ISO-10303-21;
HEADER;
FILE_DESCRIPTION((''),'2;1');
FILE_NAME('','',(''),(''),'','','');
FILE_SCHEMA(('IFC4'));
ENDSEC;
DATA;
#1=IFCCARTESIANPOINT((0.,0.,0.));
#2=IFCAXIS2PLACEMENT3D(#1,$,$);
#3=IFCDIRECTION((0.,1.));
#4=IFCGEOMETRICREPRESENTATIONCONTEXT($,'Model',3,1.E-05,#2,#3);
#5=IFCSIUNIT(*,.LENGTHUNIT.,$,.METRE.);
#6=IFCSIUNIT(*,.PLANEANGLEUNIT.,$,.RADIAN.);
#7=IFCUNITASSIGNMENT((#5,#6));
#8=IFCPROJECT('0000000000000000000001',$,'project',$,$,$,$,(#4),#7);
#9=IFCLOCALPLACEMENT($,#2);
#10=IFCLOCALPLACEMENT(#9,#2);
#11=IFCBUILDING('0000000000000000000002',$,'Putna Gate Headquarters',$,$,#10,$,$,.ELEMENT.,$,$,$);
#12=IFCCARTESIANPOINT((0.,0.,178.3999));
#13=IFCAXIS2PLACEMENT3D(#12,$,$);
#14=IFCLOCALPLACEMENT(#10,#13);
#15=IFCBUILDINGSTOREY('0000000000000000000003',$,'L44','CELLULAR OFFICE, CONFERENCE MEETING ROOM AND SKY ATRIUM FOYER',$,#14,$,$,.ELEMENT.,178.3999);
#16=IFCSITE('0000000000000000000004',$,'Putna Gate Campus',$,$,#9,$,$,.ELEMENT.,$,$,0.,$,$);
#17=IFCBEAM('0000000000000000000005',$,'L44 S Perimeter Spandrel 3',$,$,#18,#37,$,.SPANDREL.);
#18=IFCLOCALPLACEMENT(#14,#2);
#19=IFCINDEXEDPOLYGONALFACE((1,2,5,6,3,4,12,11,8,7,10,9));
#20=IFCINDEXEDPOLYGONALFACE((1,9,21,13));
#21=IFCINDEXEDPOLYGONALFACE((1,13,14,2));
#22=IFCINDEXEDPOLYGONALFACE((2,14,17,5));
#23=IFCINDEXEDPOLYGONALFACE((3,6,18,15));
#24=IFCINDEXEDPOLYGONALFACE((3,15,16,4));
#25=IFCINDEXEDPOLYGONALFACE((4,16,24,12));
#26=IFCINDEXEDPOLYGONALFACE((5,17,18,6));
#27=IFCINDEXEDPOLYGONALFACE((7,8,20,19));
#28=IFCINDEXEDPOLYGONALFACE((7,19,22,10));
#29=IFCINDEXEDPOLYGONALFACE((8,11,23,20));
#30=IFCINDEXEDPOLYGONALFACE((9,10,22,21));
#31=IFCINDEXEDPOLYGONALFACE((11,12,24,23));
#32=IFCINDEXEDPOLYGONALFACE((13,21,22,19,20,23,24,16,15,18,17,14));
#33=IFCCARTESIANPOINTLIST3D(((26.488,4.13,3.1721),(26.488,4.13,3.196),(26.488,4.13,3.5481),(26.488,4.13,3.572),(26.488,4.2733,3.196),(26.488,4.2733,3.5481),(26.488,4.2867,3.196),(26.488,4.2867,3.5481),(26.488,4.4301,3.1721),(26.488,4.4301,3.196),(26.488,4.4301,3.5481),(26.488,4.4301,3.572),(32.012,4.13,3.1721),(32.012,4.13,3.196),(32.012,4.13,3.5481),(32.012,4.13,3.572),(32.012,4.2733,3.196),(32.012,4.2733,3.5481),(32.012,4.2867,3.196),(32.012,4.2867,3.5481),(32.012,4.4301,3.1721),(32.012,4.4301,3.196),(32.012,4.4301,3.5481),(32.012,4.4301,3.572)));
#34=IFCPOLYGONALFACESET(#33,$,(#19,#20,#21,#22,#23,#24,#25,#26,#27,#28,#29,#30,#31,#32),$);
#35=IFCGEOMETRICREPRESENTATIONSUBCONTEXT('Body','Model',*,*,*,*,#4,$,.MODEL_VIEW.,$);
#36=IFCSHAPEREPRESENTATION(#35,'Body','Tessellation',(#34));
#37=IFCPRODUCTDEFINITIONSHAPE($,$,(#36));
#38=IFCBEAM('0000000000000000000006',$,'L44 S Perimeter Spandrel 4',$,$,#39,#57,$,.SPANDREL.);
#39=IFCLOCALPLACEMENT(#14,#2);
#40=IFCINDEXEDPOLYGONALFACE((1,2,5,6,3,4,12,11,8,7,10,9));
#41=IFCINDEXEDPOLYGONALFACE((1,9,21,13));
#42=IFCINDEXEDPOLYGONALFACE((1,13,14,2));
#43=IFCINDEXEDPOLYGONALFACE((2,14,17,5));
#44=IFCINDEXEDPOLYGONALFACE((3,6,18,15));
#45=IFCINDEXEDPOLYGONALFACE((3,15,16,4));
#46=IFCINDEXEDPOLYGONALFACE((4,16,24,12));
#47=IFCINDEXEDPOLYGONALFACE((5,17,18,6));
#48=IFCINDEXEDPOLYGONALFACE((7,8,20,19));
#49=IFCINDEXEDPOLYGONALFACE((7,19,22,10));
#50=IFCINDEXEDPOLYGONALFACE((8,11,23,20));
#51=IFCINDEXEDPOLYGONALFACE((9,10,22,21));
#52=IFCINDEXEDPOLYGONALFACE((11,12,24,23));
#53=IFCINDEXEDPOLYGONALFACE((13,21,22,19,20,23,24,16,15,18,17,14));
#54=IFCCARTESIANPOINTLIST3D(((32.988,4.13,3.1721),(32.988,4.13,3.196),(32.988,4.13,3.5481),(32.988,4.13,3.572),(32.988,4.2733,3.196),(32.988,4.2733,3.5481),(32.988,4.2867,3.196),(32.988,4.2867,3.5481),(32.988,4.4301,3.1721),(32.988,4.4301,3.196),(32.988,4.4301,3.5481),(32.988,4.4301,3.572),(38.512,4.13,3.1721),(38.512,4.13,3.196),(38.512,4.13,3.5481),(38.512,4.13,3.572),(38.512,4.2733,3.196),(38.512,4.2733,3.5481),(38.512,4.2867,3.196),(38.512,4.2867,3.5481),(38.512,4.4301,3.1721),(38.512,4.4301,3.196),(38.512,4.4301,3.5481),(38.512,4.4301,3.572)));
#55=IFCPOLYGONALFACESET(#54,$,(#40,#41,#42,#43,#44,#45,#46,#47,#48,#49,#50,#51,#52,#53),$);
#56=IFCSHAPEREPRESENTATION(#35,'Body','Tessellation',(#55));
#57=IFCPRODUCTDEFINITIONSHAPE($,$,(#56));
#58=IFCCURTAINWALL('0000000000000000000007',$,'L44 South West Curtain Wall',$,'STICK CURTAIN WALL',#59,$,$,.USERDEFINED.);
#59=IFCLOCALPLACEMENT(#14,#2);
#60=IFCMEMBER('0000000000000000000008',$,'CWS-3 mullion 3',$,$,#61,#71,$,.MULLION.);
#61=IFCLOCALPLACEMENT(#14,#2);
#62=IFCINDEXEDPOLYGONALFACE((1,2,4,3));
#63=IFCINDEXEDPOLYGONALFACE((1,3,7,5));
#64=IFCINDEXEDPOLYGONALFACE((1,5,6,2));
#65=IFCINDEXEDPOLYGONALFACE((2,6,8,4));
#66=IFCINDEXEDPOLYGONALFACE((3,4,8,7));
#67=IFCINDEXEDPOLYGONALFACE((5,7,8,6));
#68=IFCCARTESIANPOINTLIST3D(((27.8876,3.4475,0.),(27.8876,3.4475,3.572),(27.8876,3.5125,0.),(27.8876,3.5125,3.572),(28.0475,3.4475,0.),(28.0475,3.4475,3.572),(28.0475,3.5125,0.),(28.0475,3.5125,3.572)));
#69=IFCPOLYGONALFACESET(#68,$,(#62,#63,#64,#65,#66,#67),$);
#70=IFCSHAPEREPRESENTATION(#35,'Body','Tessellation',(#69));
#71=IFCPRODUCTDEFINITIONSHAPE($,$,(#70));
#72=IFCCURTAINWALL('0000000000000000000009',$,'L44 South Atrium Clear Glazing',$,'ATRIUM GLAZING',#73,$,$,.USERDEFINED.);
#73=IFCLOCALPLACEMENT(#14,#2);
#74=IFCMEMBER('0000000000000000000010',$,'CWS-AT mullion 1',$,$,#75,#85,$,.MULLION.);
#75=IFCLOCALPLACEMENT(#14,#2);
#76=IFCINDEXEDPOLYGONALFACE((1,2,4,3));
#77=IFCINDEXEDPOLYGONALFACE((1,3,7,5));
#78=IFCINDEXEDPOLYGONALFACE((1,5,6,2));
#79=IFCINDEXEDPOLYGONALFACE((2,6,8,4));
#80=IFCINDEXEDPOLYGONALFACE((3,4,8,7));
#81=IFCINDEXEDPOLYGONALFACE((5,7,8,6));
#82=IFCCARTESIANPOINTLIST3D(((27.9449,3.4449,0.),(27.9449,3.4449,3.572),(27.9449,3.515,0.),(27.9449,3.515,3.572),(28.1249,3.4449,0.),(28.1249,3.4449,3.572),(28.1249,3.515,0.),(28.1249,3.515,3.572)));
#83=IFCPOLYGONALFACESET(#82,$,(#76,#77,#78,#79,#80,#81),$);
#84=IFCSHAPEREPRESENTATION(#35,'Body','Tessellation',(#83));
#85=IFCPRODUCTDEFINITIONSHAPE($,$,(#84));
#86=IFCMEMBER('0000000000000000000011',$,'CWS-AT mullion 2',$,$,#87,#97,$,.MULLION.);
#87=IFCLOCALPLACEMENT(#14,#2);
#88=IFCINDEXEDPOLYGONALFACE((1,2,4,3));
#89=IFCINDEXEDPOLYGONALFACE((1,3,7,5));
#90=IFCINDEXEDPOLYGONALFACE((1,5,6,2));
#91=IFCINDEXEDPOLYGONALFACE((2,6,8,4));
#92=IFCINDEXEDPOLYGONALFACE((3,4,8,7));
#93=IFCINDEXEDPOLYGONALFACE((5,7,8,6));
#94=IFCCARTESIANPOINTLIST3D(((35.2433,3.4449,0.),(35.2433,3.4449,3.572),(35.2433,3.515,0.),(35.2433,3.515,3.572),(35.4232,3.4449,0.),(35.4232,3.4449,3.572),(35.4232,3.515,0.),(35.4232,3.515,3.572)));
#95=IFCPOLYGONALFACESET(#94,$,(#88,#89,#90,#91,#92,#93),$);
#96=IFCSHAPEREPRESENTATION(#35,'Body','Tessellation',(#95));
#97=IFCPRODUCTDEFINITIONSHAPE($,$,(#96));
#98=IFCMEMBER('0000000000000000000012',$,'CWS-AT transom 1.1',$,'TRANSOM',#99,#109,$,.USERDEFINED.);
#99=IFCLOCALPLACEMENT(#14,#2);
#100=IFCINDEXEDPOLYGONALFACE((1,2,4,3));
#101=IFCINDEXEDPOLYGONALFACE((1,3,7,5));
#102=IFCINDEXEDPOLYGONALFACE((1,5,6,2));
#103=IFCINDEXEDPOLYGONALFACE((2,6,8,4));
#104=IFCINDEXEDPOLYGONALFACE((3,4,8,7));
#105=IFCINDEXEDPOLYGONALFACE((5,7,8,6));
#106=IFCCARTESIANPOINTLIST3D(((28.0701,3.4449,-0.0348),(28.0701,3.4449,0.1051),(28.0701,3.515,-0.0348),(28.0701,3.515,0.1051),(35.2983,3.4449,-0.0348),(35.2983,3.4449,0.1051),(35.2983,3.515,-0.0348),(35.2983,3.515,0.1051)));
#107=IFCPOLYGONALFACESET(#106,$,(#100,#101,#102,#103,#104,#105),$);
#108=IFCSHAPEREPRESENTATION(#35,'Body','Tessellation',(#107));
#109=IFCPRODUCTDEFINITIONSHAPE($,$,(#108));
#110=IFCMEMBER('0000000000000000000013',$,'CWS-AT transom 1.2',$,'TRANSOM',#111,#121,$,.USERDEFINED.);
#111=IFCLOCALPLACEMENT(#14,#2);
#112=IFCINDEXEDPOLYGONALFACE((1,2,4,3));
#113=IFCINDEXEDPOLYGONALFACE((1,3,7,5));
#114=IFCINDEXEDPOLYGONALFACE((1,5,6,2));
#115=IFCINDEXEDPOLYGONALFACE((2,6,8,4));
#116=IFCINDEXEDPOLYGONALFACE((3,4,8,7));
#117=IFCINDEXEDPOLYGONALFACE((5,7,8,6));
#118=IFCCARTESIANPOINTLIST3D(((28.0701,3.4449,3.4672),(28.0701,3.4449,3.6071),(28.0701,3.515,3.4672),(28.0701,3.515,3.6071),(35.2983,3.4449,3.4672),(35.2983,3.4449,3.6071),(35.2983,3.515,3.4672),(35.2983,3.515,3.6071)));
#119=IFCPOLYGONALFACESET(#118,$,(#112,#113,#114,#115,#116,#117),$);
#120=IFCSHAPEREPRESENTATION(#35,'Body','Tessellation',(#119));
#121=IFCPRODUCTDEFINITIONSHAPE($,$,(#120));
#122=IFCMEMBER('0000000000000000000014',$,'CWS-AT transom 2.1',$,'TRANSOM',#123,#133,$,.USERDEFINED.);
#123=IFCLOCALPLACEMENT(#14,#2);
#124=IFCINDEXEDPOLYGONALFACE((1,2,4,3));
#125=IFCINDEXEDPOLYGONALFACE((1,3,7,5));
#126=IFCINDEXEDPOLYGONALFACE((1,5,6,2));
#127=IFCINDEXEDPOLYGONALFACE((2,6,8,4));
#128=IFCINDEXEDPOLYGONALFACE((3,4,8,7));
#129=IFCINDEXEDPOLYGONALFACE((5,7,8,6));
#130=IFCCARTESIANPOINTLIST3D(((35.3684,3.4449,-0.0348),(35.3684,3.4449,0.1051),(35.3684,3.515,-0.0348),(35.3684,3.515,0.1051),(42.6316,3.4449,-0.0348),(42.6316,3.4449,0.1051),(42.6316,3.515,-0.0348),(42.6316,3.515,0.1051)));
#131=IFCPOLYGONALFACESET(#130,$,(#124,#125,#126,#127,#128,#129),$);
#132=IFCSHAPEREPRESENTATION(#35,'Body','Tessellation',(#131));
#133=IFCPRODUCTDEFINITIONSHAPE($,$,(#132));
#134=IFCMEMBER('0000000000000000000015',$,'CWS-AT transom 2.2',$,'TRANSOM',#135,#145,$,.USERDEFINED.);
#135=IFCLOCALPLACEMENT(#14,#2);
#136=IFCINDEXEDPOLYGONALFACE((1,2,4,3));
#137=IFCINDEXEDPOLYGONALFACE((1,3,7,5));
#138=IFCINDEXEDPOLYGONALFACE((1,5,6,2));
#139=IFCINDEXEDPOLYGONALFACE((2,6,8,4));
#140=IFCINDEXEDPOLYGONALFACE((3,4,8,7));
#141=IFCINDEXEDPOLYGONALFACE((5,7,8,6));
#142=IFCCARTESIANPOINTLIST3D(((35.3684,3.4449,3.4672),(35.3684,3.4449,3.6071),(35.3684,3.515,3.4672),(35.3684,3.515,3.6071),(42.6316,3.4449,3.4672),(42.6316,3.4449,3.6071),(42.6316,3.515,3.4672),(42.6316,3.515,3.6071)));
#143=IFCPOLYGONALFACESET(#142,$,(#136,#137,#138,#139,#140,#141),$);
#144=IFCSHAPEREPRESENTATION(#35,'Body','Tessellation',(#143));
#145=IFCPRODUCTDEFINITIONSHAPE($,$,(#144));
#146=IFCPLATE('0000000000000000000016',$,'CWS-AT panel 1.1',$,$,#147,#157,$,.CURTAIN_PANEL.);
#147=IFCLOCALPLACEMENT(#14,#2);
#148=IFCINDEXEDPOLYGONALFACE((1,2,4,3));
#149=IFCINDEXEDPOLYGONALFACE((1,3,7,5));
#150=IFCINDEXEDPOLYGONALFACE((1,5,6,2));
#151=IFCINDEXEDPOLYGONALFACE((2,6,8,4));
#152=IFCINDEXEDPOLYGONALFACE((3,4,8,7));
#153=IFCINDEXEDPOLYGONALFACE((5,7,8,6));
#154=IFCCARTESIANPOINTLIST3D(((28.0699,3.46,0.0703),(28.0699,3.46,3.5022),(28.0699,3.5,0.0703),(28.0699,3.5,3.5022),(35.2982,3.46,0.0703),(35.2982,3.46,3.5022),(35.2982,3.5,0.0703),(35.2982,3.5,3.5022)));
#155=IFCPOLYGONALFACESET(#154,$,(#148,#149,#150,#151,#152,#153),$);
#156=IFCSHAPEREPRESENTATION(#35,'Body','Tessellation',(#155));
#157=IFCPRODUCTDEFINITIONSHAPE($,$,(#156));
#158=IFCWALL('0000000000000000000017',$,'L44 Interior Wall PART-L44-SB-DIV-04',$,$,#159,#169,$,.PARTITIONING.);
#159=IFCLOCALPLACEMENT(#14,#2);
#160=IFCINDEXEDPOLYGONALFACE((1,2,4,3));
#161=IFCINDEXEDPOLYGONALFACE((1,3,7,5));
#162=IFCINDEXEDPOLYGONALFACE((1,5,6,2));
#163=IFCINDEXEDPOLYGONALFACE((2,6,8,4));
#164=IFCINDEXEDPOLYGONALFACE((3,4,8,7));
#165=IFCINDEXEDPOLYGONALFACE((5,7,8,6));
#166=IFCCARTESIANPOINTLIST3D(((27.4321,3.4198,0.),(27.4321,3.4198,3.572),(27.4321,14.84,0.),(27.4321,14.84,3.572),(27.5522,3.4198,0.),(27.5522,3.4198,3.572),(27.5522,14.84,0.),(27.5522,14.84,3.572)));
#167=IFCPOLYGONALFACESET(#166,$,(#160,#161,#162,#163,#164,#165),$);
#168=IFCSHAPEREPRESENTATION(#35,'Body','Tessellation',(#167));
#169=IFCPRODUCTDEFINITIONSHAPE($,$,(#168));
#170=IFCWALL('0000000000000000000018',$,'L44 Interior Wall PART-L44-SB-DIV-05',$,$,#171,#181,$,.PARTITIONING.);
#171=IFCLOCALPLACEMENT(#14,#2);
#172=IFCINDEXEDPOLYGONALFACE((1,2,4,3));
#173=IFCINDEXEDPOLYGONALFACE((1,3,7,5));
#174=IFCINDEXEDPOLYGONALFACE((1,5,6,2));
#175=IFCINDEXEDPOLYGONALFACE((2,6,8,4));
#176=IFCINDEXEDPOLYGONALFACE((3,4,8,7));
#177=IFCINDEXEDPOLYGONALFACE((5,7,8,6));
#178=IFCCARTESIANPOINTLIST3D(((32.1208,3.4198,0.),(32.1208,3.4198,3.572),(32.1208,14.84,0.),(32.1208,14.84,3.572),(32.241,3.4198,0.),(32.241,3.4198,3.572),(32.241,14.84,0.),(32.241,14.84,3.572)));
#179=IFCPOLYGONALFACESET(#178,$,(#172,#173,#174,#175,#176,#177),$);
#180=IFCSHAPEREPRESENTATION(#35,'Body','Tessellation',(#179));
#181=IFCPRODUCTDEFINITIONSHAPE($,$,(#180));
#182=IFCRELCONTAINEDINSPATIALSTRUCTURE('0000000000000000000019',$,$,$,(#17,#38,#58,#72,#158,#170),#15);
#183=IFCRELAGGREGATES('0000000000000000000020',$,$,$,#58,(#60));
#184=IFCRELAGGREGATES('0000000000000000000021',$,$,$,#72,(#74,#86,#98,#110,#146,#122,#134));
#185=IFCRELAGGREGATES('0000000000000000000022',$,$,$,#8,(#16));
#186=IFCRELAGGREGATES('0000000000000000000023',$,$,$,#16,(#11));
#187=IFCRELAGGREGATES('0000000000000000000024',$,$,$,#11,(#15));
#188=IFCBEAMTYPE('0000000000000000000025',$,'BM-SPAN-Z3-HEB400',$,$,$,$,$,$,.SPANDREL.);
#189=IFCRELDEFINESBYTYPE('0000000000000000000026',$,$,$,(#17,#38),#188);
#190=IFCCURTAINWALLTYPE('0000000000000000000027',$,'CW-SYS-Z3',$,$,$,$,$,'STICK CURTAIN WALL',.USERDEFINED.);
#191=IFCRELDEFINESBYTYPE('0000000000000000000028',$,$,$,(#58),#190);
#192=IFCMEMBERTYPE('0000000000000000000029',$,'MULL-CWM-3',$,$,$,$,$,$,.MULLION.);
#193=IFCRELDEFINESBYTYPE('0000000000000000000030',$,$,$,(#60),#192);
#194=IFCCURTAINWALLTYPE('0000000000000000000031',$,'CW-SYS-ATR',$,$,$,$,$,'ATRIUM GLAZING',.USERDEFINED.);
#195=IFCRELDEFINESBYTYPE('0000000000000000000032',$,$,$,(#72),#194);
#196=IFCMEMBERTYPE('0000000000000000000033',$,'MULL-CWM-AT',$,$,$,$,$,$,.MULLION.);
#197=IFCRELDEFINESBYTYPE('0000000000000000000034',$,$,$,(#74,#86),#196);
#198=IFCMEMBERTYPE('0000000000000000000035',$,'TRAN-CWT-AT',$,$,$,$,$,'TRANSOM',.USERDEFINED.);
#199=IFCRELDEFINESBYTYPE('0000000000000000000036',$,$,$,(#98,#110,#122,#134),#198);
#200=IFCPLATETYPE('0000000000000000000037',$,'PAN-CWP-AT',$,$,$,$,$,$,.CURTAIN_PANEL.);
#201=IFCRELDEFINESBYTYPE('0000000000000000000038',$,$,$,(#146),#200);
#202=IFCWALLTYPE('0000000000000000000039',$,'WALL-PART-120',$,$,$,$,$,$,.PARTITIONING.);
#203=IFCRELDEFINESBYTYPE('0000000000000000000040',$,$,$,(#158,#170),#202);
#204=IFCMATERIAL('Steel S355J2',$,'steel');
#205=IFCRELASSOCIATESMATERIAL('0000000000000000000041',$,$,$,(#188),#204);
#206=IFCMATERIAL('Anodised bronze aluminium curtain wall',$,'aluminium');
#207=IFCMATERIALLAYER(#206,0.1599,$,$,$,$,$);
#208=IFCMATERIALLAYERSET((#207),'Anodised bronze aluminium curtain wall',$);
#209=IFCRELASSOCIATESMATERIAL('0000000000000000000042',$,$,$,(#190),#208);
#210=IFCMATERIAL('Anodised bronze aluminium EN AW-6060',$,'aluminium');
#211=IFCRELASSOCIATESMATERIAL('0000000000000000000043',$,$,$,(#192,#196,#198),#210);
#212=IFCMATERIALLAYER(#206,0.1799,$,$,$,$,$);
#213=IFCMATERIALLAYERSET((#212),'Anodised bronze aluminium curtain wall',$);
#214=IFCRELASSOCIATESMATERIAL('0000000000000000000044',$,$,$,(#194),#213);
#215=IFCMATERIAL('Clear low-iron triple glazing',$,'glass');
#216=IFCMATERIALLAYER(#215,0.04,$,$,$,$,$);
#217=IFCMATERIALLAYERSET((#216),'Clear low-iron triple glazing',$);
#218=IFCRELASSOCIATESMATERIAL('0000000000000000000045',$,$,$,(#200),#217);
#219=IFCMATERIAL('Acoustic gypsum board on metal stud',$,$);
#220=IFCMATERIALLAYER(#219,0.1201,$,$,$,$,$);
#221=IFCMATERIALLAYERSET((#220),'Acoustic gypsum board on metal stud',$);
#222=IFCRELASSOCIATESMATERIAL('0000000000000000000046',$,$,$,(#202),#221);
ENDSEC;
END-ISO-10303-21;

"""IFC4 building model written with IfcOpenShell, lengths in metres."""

from ifc_helpers import new_model, si_unit, direction, frame, frame_2d, origin, origin_2d, place, context, subcontext, project, spatial, rectangle, i_section, extrude, material, layer, layer_set, material_profile, profile_set, type_object, element, aggregate, save


model = new_model("IFC4")

# Units and contexts
model_context = context("Model", 3, precision=1e-05, world=origin(), true_north=direction((0.0, 1.0)))
body_context = subcontext(model_context, "Body", "Model", "MODEL_VIEW")
ifc_project = project(units=[si_unit("LENGTHUNIT", "METRE"), si_unit("PLANEANGLEUNIT", "RADIAN")], contexts=[model_context])

# Site, building, storey
site_placement = place(None, origin())
site = spatial("IfcSite", under=ifc_project, at=site_placement, Name="Putna Gate Campus", CompositionType="ELEMENT", RefElevation=0.0)
building_placement = place(site_placement, origin())
building = spatial("IfcBuilding", under=site, at=building_placement, Name="Putna Gate Headquarters", CompositionType="ELEMENT")
storey_placement = place(building_placement, frame((0.0, 0.0, 178.3999)))
storey = spatial("IfcBuildingStorey", under=building, at=storey_placement, Name="L44", Description="CELLULAR OFFICE, CONFERENCE MEETING ROOM AND SKY ATRIUM FOYER", CompositionType="ELEMENT", Elevation=178.3999)

# Beams
ifc_material_1 = material(Name="Steel S355J2", Category="steel")
ifc_material_profile_1 = material_profile(ifc_material_1, i_section(OverallWidth=0.3, OverallDepth=0.3999, WebThickness=0.0134, FlangeThickness=0.0239, at=origin_2d()), Name="Steel S355J2")
ifc_profile_set_1 = profile_set([ifc_material_profile_1], Name="Steel S355J2")
beam_type_1 = type_object("IfcBeamType", Name="BM-SPAN-Z3-HEB400", PredefinedType="SPANDREL", material=ifc_profile_set_1)
for number, where, z_axis, x_axis, name in (
    (1, (26.488, 4.28, 3.3721), (1.0, 0.0, 0.0), (0.0, 1.0, 0.0), "L44 S Perimeter Spandrel 3"),
    (2, (32.988, 4.28, 3.3721), (1.0, 0.0, 0.0), (0.0, 1.0, 0.0), "L44 S Perimeter Spandrel 4"),
):
    element("IfcBeam", number, at=place(storey_placement, frame(where, z_axis=z_axis, x_axis=x_axis)), inside=storey, type_object=beam_type_1, Name=name, PredefinedType="SPANDREL", context=body_context, shape_type="SweptSolid", body=[
        extrude(i_section(OverallWidth=0.3, OverallDepth=0.3999, WebThickness=0.0134, FlangeThickness=0.0239, at=origin_2d()), origin(), (0.0, 0.0, 1.0), 5.5239),
    ])

# Curtain wall, member
ifc_material_2 = material(Name="Anodised bronze aluminium curtain wall", Category="aluminium")
ifc_layer_1 = layer(ifc_material_2, 0.1599)
ifc_layer_set_1 = layer_set([ifc_layer_1], Name="Anodised bronze aluminium curtain wall")
curtain_wall_type_1 = type_object("IfcCurtainWallType", Name="CW-SYS-Z3", ElementType="STICK CURTAIN WALL", PredefinedType="USERDEFINED", material=ifc_layer_set_1)
curtain_wall_1_placement = place(storey_placement, origin())
curtain_wall_1 = element("IfcCurtainWall", 3, at=curtain_wall_1_placement, inside=storey, type_object=curtain_wall_type_1, Name="L44 South West Curtain Wall", ObjectType="STICK CURTAIN WALL", PredefinedType="USERDEFINED")
ifc_material_3 = material(Name="Anodised bronze aluminium EN AW-6060", Category="aluminium")
ifc_material_profile_2 = material_profile(ifc_material_3, rectangle(XDim=0.0649, YDim=0.1599, at=origin_2d()), Name="Anodised bronze aluminium EN AW-6060")
ifc_profile_set_2 = profile_set([ifc_material_profile_2], Name="Anodised bronze aluminium EN AW-6060")
member_type_1 = type_object("IfcMemberType", Name="MULL-CWM-3", PredefinedType="MULLION", material=ifc_profile_set_2)
member_1_placement = place(storey_placement, frame((27.9675, 3.48, 0.0), z_axis=(0.0, 0.0, 1.0), x_axis=(0.0, 1.0, 0.0)))
member_1 = element("IfcMember", 4, at=member_1_placement, type_object=member_type_1, Name="CWS-3 mullion 3", PredefinedType="MULLION", context=body_context, shape_type="SweptSolid", body=[
    extrude(rectangle(XDim=0.0649, YDim=0.1599, at=origin_2d()), origin(), (0.0, 0.0, 1.0), 3.572),
])
aggregate(curtain_wall_1, [member_1])

# Curtain wall, members, plate
ifc_layer_2 = layer(ifc_material_2, 0.1799)
ifc_layer_set_2 = layer_set([ifc_layer_2], Name="Anodised bronze aluminium curtain wall")
curtain_wall_type_2 = type_object("IfcCurtainWallType", Name="CW-SYS-ATR", ElementType="ATRIUM GLAZING", PredefinedType="USERDEFINED", material=ifc_layer_set_2)
curtain_wall_2_placement = place(storey_placement, origin())
curtain_wall_2 = element("IfcCurtainWall", 5, at=curtain_wall_2_placement, inside=storey, type_object=curtain_wall_type_2, Name="L44 South Atrium Clear Glazing", ObjectType="ATRIUM GLAZING", PredefinedType="USERDEFINED")
ifc_material_profile_3 = material_profile(ifc_material_3, rectangle(XDim=0.0701, YDim=0.1799, at=origin_2d()), Name="Anodised bronze aluminium EN AW-6060")
ifc_profile_set_3 = profile_set([ifc_material_profile_3], Name="Anodised bronze aluminium EN AW-6060")
member_type_2 = type_object("IfcMemberType", Name="MULL-CWM-AT", PredefinedType="MULLION", material=ifc_profile_set_3)
member_2_placement = place(storey_placement, frame((28.0349, 3.48, 0.0), z_axis=(0.0, 0.0, 1.0), x_axis=(0.0, 1.0, 0.0)))
member_2 = element("IfcMember", 6, at=member_2_placement, type_object=member_type_2, Name="CWS-AT mullion 1", PredefinedType="MULLION", context=body_context, shape_type="SweptSolid", body=[
    extrude(rectangle(XDim=0.0701, YDim=0.1799, at=origin_2d()), origin(), (0.0, 0.0, 1.0), 3.572),
])
member_3_placement = place(storey_placement, frame((35.3333, 3.48, 0.0), z_axis=(0.0, 0.0, 1.0), x_axis=(0.0, 1.0, 0.0)))
member_3 = element("IfcMember", 7, at=member_3_placement, type_object=member_type_2, Name="CWS-AT mullion 2", PredefinedType="MULLION", context=body_context, shape_type="SweptSolid", body=[
    extrude(rectangle(XDim=0.0701, YDim=0.1799, at=origin_2d()), origin(), (0.0, 0.0, 1.0), 3.572),
])
ifc_material_profile_4 = material_profile(ifc_material_3, rectangle(XDim=0.0701, YDim=0.1399, at=origin_2d()), Name="Anodised bronze aluminium EN AW-6060")
ifc_profile_set_4 = profile_set([ifc_material_profile_4], Name="Anodised bronze aluminium EN AW-6060")
member_type_3 = type_object("IfcMemberType", Name="TRAN-CWT-AT", ElementType="TRANSOM", PredefinedType="USERDEFINED", material=ifc_profile_set_4)
member_4_placement = place(storey_placement, frame((28.0701, 3.48, 0.0352), z_axis=(1.0, 0.0, 0.0), x_axis=(0.0, 1.0, 0.0)))
member_4 = element("IfcMember", 8, at=member_4_placement, type_object=member_type_3, Name="CWS-AT transom 1.1", ObjectType="TRANSOM", PredefinedType="USERDEFINED", context=body_context, shape_type="SweptSolid", body=[
    extrude(rectangle(XDim=0.0701, YDim=0.1399, at=origin_2d()), origin(), (0.0, 0.0, 1.0), 7.2283),
])
member_5_placement = place(storey_placement, frame((28.0701, 3.48, 3.5371), z_axis=(1.0, 0.0, 0.0), x_axis=(0.0, 1.0, 0.0)))
member_5 = element("IfcMember", 9, at=member_5_placement, type_object=member_type_3, Name="CWS-AT transom 1.2", ObjectType="TRANSOM", PredefinedType="USERDEFINED", context=body_context, shape_type="SweptSolid", body=[
    extrude(rectangle(XDim=0.0701, YDim=0.1399, at=origin_2d()), origin(), (0.0, 0.0, 1.0), 7.2283),
])
member_6_placement = place(storey_placement, frame((35.3684, 3.48, 0.0352), z_axis=(1.0, 0.0, 0.0), x_axis=(0.0, 1.0, 0.0)))
member_6 = element("IfcMember", 10, at=member_6_placement, type_object=member_type_3, Name="CWS-AT transom 2.1", ObjectType="TRANSOM", PredefinedType="USERDEFINED", context=body_context, shape_type="SweptSolid", body=[
    extrude(rectangle(XDim=0.0701, YDim=0.1399, at=origin_2d()), origin(), (0.0, 0.0, 1.0), 7.2632),
])
member_7_placement = place(storey_placement, frame((35.3684, 3.48, 3.5371), z_axis=(1.0, 0.0, 0.0), x_axis=(0.0, 1.0, 0.0)))
member_7 = element("IfcMember", 11, at=member_7_placement, type_object=member_type_3, Name="CWS-AT transom 2.2", ObjectType="TRANSOM", PredefinedType="USERDEFINED", context=body_context, shape_type="SweptSolid", body=[
    extrude(rectangle(XDim=0.0701, YDim=0.1399, at=origin_2d()), origin(), (0.0, 0.0, 1.0), 7.2632),
])
ifc_material_4 = material(Name="Clear low-iron triple glazing", Category="glass")
ifc_layer_3 = layer(ifc_material_4, 0.04)
ifc_layer_set_3 = layer_set([ifc_layer_3], Name="Clear low-iron triple glazing")
plate_type = type_object("IfcPlateType", Name="PAN-CWP-AT", PredefinedType="CURTAIN_PANEL", material=ifc_layer_set_3)
plate_placement = place(storey_placement, frame((31.6841, 3.48, 0.0703), z_axis=(0.0, 0.0, 1.0), x_axis=(1.0, 0.0, 0.0)))
plate = element("IfcPlate", 12, at=plate_placement, type_object=plate_type, Name="CWS-AT panel 1.1", PredefinedType="CURTAIN_PANEL", context=body_context, shape_type="SweptSolid", body=[
    extrude(rectangle(XDim=7.2283, YDim=0.04, at=origin_2d()), origin(), (0.0, 0.0, 1.0), 3.4319),
])
aggregate(curtain_wall_2, [member_2, member_3, member_4, member_5, plate, member_6, member_7])

# Walls
ifc_material_5 = material(Name="Acoustic gypsum board on metal stud")
ifc_layer_4 = layer(ifc_material_5, 0.1201)
ifc_layer_set_4 = layer_set([ifc_layer_4], Name="Acoustic gypsum board on metal stud")
wall_type_1 = type_object("IfcWallType", Name="WALL-PART-120", PredefinedType="PARTITIONING", material=ifc_layer_set_4)
for number, where, z_axis, x_axis, name in (
    (13, (27.4922, 3.4199, 0.0), (0.0, 0.0, 1.0), (0.0, 1.0, 0.0), "L44 Interior Wall PART-L44-SB-DIV-04"),
    (14, (32.1809, 3.4199, 0.0), (0.0, 0.0, 1.0), (0.0, 1.0, 0.0), "L44 Interior Wall PART-L44-SB-DIV-05"),
):
    element("IfcWall", number, at=place(storey_placement, frame(where, z_axis=z_axis, x_axis=x_axis)), inside=storey, type_object=wall_type_1, Name=name, PredefinedType="PARTITIONING", context=body_context, shape_type="SweptSolid", body=[
        extrude(rectangle(XDim=11.4202, YDim=0.1201, at=frame_2d((5.71, 0.0))), origin(), (0.0, 0.0, 1.0), 3.572),
    ])

save(model, "model.ifc")
